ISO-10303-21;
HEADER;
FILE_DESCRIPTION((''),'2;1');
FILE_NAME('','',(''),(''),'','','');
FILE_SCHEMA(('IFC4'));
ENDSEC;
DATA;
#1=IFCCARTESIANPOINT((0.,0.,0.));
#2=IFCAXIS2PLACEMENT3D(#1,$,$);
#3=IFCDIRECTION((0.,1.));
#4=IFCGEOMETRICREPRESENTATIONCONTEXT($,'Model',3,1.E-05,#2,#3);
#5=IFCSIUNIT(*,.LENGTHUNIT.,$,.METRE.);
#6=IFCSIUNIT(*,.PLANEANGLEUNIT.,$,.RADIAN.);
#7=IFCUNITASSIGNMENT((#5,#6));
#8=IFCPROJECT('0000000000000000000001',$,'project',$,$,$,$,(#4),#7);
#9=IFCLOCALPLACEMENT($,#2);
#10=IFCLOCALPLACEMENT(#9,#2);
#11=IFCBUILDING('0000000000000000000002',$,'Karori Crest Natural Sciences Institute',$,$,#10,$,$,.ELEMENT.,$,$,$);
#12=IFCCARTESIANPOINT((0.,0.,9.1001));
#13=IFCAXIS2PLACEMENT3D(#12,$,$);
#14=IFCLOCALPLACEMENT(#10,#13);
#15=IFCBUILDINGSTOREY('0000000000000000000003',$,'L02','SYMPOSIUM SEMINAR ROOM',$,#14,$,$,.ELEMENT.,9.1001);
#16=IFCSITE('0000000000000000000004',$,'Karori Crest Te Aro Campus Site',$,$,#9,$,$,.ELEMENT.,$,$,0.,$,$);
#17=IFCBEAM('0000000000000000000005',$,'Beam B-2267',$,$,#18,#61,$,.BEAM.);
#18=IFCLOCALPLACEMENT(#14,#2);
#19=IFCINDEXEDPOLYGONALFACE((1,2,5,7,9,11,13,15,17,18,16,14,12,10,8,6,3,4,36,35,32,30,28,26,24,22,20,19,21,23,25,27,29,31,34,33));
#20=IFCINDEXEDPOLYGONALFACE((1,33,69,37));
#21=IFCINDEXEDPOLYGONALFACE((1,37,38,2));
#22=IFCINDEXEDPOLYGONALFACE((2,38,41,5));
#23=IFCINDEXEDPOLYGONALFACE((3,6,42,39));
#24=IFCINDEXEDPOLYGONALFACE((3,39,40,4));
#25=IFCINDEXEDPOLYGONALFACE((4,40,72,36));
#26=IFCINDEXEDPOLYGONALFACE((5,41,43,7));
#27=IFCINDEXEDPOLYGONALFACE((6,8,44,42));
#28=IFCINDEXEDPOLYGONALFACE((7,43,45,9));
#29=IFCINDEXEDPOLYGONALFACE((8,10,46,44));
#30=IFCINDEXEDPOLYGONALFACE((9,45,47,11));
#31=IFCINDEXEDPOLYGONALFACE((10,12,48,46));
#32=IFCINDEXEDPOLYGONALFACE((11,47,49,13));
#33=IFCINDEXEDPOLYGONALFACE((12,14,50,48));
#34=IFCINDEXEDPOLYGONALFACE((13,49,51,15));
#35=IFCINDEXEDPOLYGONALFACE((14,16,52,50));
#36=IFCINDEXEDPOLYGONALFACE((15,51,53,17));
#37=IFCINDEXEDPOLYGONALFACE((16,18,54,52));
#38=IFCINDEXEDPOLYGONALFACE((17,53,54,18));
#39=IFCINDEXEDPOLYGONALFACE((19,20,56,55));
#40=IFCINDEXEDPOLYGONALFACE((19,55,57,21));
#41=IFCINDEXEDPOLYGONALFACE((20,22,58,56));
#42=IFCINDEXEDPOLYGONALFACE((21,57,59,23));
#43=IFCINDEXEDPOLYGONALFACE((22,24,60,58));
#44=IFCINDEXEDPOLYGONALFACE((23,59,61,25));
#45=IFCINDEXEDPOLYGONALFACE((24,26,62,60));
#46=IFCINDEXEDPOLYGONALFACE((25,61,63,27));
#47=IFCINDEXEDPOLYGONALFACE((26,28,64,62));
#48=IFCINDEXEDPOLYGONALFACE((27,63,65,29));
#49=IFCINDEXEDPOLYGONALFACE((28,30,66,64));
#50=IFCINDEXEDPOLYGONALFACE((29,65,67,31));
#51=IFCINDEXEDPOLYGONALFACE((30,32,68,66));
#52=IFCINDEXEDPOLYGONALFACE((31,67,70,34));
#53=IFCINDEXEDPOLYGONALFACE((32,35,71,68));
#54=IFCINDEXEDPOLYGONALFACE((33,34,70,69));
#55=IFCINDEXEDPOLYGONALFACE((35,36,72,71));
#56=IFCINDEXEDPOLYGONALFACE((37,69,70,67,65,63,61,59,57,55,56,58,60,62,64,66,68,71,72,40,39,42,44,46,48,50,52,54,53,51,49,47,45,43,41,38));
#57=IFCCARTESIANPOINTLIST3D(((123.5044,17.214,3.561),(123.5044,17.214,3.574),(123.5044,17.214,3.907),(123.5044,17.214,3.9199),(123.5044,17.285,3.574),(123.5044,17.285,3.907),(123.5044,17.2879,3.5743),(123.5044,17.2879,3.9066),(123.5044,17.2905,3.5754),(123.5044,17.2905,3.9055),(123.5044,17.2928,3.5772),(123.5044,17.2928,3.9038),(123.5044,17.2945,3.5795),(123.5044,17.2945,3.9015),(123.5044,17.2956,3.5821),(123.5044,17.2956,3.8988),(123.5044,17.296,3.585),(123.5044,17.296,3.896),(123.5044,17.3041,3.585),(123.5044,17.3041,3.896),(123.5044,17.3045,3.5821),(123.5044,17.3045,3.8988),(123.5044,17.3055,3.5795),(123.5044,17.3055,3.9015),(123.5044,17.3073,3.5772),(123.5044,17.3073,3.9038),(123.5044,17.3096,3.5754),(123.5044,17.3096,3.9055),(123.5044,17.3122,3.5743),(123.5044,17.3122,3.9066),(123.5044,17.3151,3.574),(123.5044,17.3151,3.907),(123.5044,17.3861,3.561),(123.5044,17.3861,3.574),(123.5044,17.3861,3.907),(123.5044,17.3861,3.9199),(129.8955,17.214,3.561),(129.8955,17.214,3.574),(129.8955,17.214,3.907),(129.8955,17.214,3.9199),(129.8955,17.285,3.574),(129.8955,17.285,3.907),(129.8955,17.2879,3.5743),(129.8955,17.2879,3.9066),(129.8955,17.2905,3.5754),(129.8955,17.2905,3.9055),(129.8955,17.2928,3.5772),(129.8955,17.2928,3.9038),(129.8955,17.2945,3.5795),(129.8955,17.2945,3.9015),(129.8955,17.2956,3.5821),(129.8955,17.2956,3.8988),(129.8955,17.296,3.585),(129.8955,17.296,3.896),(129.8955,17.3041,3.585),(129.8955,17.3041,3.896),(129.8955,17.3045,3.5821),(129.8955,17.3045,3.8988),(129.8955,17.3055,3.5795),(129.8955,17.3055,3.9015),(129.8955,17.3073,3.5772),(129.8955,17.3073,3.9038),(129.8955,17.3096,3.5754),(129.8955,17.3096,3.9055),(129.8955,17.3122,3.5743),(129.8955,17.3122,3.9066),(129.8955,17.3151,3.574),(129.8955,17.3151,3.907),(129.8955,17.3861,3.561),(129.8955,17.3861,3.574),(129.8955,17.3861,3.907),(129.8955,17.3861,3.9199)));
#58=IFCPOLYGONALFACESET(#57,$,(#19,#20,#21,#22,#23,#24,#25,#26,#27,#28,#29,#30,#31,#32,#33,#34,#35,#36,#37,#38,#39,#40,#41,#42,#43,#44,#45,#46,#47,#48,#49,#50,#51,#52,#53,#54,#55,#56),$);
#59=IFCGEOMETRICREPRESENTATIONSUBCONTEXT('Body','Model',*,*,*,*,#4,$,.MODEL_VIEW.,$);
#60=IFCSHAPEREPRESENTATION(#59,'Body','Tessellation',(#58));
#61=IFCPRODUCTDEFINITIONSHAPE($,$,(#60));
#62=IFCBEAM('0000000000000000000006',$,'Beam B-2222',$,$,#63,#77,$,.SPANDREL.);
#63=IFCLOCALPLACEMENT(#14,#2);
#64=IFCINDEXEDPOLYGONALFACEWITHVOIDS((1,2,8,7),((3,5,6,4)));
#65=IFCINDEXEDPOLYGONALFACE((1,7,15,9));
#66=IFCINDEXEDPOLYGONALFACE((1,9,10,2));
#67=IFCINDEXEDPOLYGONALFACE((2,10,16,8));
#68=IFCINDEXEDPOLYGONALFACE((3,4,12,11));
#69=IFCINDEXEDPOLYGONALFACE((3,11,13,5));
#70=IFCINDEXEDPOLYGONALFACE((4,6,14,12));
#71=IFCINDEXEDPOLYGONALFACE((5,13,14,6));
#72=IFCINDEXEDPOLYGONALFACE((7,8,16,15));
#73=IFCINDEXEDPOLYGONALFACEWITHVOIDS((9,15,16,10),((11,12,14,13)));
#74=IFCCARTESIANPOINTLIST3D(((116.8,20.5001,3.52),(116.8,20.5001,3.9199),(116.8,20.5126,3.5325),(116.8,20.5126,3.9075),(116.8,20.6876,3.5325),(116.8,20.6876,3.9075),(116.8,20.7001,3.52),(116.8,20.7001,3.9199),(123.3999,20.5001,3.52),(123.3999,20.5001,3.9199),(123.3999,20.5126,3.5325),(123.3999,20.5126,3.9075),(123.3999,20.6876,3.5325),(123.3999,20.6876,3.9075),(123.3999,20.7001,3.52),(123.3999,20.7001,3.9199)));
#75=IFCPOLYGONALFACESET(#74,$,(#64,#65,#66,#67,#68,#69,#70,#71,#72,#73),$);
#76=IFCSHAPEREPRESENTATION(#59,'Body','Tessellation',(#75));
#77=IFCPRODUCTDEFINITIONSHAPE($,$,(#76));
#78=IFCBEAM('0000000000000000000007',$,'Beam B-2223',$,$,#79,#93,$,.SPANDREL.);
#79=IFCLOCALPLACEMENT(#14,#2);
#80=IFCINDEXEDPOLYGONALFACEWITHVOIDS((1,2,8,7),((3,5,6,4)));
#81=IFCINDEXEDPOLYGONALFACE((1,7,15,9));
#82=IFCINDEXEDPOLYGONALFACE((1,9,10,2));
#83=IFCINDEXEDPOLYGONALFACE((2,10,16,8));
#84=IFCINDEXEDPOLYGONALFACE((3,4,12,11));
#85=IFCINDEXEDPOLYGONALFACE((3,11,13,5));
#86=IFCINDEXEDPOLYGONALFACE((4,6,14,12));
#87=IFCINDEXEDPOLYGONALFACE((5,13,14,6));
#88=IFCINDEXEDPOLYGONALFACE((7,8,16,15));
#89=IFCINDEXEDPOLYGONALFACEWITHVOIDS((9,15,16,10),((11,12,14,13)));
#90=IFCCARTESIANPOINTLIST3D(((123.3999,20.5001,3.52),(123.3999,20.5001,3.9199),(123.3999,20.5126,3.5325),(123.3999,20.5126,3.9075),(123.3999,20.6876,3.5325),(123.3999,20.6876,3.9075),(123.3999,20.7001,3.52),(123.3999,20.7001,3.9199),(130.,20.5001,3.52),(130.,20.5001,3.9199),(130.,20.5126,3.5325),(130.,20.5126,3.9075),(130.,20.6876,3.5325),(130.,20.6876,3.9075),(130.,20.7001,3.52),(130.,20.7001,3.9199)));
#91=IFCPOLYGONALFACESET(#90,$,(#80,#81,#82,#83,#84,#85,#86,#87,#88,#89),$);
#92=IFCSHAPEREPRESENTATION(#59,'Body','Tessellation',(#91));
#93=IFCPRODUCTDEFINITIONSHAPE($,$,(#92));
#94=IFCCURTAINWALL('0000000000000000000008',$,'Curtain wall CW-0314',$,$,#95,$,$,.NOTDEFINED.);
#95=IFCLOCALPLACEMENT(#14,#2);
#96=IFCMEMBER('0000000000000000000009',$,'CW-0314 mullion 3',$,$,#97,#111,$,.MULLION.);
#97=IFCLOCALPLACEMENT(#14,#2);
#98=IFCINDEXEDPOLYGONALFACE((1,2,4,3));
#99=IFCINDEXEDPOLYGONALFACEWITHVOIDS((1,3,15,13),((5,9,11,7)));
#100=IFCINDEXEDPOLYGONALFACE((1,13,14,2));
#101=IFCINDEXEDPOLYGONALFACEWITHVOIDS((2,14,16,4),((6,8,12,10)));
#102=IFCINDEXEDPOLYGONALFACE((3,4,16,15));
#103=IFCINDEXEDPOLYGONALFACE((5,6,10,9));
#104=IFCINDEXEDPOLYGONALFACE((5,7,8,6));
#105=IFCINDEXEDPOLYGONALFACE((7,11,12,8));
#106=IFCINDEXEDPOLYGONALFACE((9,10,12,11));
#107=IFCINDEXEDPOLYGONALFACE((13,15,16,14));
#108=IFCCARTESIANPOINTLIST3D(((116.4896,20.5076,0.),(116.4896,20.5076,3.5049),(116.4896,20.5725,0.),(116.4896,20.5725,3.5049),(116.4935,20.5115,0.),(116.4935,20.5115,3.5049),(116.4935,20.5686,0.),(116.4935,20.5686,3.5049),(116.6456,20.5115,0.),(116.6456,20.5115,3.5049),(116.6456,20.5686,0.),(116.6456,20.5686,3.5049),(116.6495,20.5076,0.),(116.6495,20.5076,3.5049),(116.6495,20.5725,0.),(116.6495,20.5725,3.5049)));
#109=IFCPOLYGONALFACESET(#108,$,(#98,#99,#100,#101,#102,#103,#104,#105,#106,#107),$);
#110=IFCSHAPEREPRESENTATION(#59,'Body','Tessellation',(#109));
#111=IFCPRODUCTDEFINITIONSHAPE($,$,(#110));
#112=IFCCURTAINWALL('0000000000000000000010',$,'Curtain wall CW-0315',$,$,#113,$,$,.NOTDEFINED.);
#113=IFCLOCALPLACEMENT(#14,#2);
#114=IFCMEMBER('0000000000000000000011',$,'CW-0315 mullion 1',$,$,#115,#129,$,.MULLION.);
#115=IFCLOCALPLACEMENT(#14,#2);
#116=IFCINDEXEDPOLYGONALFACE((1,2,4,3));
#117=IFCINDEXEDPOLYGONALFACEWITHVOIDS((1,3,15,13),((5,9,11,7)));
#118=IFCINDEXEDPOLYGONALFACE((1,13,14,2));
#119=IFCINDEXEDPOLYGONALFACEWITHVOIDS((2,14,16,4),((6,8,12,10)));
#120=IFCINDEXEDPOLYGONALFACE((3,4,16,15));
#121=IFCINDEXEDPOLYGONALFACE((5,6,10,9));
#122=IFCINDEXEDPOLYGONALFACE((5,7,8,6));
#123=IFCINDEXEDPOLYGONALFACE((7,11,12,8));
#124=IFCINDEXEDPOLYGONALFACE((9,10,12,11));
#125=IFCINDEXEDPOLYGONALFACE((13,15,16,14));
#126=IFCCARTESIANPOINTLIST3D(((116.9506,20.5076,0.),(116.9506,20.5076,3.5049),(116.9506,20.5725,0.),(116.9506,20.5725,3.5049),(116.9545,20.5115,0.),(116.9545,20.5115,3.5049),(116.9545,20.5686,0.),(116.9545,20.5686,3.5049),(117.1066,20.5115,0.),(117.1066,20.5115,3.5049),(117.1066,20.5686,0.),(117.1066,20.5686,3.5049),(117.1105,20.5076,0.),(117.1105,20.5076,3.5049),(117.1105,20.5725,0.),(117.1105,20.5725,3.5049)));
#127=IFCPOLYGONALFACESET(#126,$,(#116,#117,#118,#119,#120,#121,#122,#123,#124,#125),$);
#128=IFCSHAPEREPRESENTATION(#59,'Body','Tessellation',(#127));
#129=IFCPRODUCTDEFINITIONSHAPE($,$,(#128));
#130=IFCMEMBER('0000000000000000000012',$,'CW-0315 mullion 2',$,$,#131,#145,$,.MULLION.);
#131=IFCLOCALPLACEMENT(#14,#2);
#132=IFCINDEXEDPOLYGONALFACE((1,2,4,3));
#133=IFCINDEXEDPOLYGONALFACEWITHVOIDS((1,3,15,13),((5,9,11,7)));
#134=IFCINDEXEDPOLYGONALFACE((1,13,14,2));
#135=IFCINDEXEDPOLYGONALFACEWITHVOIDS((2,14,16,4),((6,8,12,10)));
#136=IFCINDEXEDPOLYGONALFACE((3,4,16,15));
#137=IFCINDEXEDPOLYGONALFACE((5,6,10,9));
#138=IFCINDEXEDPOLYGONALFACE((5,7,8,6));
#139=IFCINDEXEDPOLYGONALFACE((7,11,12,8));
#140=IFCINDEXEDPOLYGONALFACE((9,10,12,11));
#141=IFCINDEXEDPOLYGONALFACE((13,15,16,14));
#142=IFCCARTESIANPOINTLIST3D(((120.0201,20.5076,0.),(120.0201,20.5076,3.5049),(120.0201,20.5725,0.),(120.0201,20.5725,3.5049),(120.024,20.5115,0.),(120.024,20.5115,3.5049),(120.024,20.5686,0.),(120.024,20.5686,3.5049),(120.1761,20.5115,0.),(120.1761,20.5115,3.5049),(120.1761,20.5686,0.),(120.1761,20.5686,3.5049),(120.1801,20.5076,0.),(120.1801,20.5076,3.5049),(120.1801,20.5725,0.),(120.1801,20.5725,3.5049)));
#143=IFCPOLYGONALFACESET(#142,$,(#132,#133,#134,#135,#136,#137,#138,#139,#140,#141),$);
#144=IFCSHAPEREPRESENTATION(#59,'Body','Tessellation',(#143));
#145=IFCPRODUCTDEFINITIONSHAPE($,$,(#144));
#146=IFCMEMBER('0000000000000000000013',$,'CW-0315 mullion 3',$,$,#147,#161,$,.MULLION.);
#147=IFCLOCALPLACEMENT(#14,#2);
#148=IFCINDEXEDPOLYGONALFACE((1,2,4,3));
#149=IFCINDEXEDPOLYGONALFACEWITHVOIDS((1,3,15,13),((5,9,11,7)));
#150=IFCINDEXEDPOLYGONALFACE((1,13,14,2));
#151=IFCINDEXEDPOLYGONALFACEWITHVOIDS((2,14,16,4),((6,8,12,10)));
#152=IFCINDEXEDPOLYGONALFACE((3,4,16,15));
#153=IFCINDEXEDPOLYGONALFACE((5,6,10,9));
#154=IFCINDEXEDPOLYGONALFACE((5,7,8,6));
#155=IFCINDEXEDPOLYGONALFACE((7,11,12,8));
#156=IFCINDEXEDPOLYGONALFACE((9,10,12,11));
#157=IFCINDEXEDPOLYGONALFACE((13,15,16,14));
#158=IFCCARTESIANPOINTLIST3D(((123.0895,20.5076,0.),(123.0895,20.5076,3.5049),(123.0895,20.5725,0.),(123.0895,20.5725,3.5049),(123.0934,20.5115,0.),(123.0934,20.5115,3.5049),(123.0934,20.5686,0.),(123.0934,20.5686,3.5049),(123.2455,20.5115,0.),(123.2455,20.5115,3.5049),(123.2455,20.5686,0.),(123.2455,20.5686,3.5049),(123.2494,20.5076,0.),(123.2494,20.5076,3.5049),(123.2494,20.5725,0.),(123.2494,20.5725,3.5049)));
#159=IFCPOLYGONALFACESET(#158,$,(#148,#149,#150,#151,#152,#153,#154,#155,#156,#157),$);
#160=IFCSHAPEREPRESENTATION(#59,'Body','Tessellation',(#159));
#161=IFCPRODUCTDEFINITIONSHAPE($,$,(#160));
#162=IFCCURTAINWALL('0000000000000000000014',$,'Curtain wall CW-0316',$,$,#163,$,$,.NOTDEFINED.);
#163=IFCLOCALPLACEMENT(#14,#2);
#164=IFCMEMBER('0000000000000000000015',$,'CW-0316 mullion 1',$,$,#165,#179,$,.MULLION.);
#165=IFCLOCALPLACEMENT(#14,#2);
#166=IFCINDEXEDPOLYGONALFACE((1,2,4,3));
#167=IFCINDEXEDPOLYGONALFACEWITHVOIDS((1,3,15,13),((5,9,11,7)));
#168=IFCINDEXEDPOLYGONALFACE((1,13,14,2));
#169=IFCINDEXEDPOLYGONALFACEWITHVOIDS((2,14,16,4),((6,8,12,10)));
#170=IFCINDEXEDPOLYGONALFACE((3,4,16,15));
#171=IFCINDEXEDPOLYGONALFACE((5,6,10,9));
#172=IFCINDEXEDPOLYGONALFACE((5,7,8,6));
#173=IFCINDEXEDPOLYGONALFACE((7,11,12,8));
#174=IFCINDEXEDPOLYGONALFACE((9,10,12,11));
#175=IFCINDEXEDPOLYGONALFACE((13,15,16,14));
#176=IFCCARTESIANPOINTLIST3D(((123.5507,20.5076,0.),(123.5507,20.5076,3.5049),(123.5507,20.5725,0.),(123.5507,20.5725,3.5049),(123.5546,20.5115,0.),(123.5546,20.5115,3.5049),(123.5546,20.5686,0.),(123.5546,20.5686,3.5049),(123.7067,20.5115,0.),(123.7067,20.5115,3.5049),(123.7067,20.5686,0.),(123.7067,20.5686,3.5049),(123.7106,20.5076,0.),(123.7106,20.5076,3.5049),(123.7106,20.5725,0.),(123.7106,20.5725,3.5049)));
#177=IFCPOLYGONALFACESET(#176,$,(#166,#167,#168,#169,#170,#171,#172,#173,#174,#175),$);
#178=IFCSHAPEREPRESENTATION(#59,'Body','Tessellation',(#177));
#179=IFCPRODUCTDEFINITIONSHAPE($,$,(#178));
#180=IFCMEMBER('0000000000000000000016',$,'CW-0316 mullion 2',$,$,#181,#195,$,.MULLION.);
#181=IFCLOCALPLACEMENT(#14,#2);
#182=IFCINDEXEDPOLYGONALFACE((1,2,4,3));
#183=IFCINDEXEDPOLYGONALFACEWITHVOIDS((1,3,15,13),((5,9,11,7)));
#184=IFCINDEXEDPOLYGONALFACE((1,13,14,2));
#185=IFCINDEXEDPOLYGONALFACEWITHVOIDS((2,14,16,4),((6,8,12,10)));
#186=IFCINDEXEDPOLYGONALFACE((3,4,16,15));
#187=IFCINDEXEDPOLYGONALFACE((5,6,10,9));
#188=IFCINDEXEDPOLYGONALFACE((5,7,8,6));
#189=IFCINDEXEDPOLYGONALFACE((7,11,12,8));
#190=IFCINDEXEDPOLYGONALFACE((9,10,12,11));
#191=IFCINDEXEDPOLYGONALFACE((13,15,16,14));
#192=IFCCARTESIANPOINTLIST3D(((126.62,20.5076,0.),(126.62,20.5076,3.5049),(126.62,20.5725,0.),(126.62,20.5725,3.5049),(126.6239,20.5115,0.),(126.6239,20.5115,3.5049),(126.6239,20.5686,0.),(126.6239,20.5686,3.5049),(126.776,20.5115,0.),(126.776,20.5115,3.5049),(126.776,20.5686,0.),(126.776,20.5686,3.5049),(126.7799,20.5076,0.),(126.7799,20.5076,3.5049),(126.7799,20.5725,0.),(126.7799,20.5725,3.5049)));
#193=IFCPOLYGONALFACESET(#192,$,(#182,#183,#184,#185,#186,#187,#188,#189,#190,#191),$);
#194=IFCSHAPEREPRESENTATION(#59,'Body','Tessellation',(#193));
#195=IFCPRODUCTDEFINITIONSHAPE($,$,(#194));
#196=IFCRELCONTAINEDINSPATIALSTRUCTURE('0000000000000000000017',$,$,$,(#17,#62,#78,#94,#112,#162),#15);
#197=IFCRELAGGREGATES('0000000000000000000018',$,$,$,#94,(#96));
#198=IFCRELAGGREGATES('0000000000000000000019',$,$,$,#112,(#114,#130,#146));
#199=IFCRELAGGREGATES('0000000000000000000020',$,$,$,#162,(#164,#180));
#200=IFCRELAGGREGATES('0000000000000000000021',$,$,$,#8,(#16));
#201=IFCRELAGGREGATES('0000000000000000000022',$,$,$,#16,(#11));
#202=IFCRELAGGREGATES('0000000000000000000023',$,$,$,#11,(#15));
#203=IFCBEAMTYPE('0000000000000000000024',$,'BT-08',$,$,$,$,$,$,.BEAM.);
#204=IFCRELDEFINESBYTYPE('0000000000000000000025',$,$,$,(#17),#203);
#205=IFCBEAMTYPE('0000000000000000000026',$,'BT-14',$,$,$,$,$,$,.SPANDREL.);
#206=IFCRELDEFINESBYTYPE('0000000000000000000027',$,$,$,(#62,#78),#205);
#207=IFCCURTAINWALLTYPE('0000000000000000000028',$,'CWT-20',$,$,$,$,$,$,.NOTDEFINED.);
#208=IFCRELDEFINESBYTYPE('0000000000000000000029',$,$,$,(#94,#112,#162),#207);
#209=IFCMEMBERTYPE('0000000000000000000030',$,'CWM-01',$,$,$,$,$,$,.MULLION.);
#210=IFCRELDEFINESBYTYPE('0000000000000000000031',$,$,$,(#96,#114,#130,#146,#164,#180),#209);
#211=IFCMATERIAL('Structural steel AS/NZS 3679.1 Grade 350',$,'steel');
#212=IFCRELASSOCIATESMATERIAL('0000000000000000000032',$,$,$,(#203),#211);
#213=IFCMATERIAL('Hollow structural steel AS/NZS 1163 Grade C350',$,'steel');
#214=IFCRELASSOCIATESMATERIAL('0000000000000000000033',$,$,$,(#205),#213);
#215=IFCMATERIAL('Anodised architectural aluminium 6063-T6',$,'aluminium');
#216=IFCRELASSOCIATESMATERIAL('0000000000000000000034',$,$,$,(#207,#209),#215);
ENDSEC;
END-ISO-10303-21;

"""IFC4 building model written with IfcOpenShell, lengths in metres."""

from ifc_helpers import new_model, si_unit, direction, frame, origin, origin_2d, place, context, subcontext, project, spatial, hollow_rectangle, i_section, extrude, material, material_profile, profile_set, type_object, element, aggregate, save


model = new_model("IFC4")

# Units and contexts
model_context = context("Model", 3, precision=1e-05, world=origin(), true_north=direction((0.0, 1.0)))
body_context = subcontext(model_context, "Body", "Model", "MODEL_VIEW")
ifc_project = project(units=[si_unit("LENGTHUNIT", "METRE"), si_unit("PLANEANGLEUNIT", "RADIAN")], contexts=[model_context])

# Site, building, storey
site_placement = place(None, origin())
site = spatial("IfcSite", under=ifc_project, at=site_placement, Name="Karori Crest Te Aro Campus Site", CompositionType="ELEMENT", RefElevation=0.0)
building_placement = place(site_placement, origin())
building = spatial("IfcBuilding", under=site, at=building_placement, Name="Karori Crest Natural Sciences Institute", CompositionType="ELEMENT")
storey_placement = place(building_placement, frame((0.0, 0.0, 9.1001)))
storey = spatial("IfcBuildingStorey", under=building, at=storey_placement, Name="L02", Description="SYMPOSIUM SEMINAR ROOM", CompositionType="ELEMENT", Elevation=9.1001)

# Shared definitions
ifc_material_1 = material(Name="Structural steel AS/NZS 3679.1 Grade 350", Category="steel")

# Beams
ifc_material_profile_1 = material_profile(ifc_material_1, i_section(OverallWidth=0.1721, OverallDepth=0.3589, WebThickness=0.0081, FlangeThickness=0.0129, FilletRadius=0.011, at=origin_2d()), Name="360UB56.7")
ifc_profile_set_1 = profile_set([ifc_material_profile_1], Name="Structural steel AS/NZS 3679.1 Grade 350")
beam_type_1 = type_object("IfcBeamType", Name="BT-08", PredefinedType="BEAM", material=ifc_profile_set_1)
beam_1_placement = place(storey_placement, frame((123.5044, 17.3, 3.7405), z_axis=(1.0, 0.0, 0.0), x_axis=(0.0, 1.0, 0.0)))
element("IfcBeam", 1, at=beam_1_placement, inside=storey, type_object=beam_type_1, Name="Beam B-2267", PredefinedType="BEAM", context=body_context, shape_type="SweptSolid", body=[
    extrude(i_section(OverallWidth=0.1721, OverallDepth=0.3589, WebThickness=0.0081, FlangeThickness=0.0129, FilletRadius=0.011, at=origin_2d()), origin(), (0.0, 0.0, 1.0), 6.3911),
])
ifc_material_2 = material(Name="Hollow structural steel AS/NZS 1163 Grade C350", Category="steel")
ifc_material_profile_2 = material_profile(ifc_material_2, hollow_rectangle(XDim=0.2, YDim=0.3999, WallThickness=0.0125, at=origin_2d()), Name="RHS400x200x12.5")
ifc_profile_set_2 = profile_set([ifc_material_profile_2], Name="Hollow structural steel AS/NZS 1163 Grade C350")
beam_type_2 = type_object("IfcBeamType", Name="BT-14", PredefinedType="SPANDREL", material=ifc_profile_set_2)
beam_2_placement = place(storey_placement, frame((116.8, 20.6001, 3.72), z_axis=(1.0, 0.0, 0.0), x_axis=(0.0, 1.0, 0.0)))
element("IfcBeam", 2, at=beam_2_placement, inside=storey, type_object=beam_type_2, Name="Beam B-2222", PredefinedType="SPANDREL", context=body_context, shape_type="SweptSolid", body=[
    extrude(hollow_rectangle(XDim=0.2, YDim=0.3999, WallThickness=0.0125, at=origin_2d()), origin(), (0.0, 0.0, 1.0), 6.5999),
])
beam_3_placement = place(storey_placement, frame((123.3999, 20.6001, 3.72), z_axis=(1.0, 0.0, 0.0), x_axis=(0.0, 1.0, 0.0)))
element("IfcBeam", 3, at=beam_3_placement, inside=storey, type_object=beam_type_2, Name="Beam B-2223", PredefinedType="SPANDREL", context=body_context, shape_type="SweptSolid", body=[
    extrude(hollow_rectangle(XDim=0.2, YDim=0.3999, WallThickness=0.0125, at=origin_2d()), origin(), (0.0, 0.0, 1.0), 6.6001),
])

# Curtain wall, member
ifc_material_3 = material(Name="Anodised architectural aluminium 6063-T6", Category="aluminium")
curtain_wall_type = type_object("IfcCurtainWallType", Name="CWT-20", PredefinedType="NOTDEFINED", material=ifc_material_3)
curtain_wall_1_placement = place(storey_placement, origin())
curtain_wall_1 = element("IfcCurtainWall", 4, at=curtain_wall_1_placement, inside=storey, type_object=curtain_wall_type, Name="Curtain wall CW-0314", PredefinedType="NOTDEFINED")
ifc_material_profile_3 = material_profile(ifc_material_3, hollow_rectangle(XDim=0.0649, YDim=0.1599, WallThickness=0.0039, at=origin_2d()), Name="CWM160x65x4")
ifc_profile_set_3 = profile_set([ifc_material_profile_3], Name="Anodised architectural aluminium 6063-T6")
member_type_1 = type_object("IfcMemberType", Name="CWM-01", PredefinedType="MULLION", material=ifc_profile_set_3)
member_1_placement = place(storey_placement, frame((116.5696, 20.54, 0.0), z_axis=(0.0, 0.0, 1.0), x_axis=(0.0, 1.0, 0.0)))
member_1 = element("IfcMember", 5, at=member_1_placement, type_object=member_type_1, Name="CW-0314 mullion 3", PredefinedType="MULLION", context=body_context, shape_type="SweptSolid", body=[
    extrude(hollow_rectangle(XDim=0.0649, YDim=0.1599, WallThickness=0.0039, at=origin_2d()), origin(), (0.0, 0.0, 1.0), 3.5049),
])

# Curtain walls, members
curtain_wall_2_placement = place(storey_placement, origin())
curtain_wall_2 = element("IfcCurtainWall", 6, at=curtain_wall_2_placement, inside=storey, type_object=curtain_wall_type, Name="Curtain wall CW-0315", PredefinedType="NOTDEFINED")
member_2_placement = place(storey_placement, frame((117.0305, 20.54, 0.0), z_axis=(0.0, 0.0, 1.0), x_axis=(0.0, 1.0, 0.0)))
member_2 = element("IfcMember", 7, at=member_2_placement, type_object=member_type_1, Name="CW-0315 mullion 1", PredefinedType="MULLION", context=body_context, shape_type="SweptSolid", body=[
    extrude(hollow_rectangle(XDim=0.0649, YDim=0.1599, WallThickness=0.0039, at=origin_2d()), origin(), (0.0, 0.0, 1.0), 3.5049),
])
member_3_placement = place(storey_placement, frame((120.1001, 20.54, 0.0), z_axis=(0.0, 0.0, 1.0), x_axis=(0.0, 1.0, 0.0)))
member_3 = element("IfcMember", 8, at=member_3_placement, type_object=member_type_1, Name="CW-0315 mullion 2", PredefinedType="MULLION", context=body_context, shape_type="SweptSolid", body=[
    extrude(hollow_rectangle(XDim=0.0649, YDim=0.1599, WallThickness=0.0039, at=origin_2d()), origin(), (0.0, 0.0, 1.0), 3.5049),
])
member_4_placement = place(storey_placement, frame((123.1694, 20.54, 0.0), z_axis=(0.0, 0.0, 1.0), x_axis=(0.0, 1.0, 0.0)))
member_4 = element("IfcMember", 9, at=member_4_placement, type_object=member_type_1, Name="CW-0315 mullion 3", PredefinedType="MULLION", context=body_context, shape_type="SweptSolid", body=[
    extrude(hollow_rectangle(XDim=0.0649, YDim=0.1599, WallThickness=0.0039, at=origin_2d()), origin(), (0.0, 0.0, 1.0), 3.5049),
])
curtain_wall_3_placement = place(storey_placement, origin())
curtain_wall_3 = element("IfcCurtainWall", 10, at=curtain_wall_3_placement, inside=storey, type_object=curtain_wall_type, Name="Curtain wall CW-0316", PredefinedType="NOTDEFINED")
member_5_placement = place(storey_placement, frame((123.6306, 20.54, 0.0), z_axis=(0.0, 0.0, 1.0), x_axis=(0.0, 1.0, 0.0)))
member_5 = element("IfcMember", 11, at=member_5_placement, type_object=member_type_1, Name="CW-0316 mullion 1", PredefinedType="MULLION", context=body_context, shape_type="SweptSolid", body=[
    extrude(hollow_rectangle(XDim=0.0649, YDim=0.1599, WallThickness=0.0039, at=origin_2d()), origin(), (0.0, 0.0, 1.0), 3.5049),
])
member_6_placement = place(storey_placement, frame((126.7, 20.54, 0.0), z_axis=(0.0, 0.0, 1.0), x_axis=(0.0, 1.0, 0.0)))
member_6 = element("IfcMember", 12, at=member_6_placement, type_object=member_type_1, Name="CW-0316 mullion 2", PredefinedType="MULLION", context=body_context, shape_type="SweptSolid", body=[
    extrude(hollow_rectangle(XDim=0.0649, YDim=0.1599, WallThickness=0.0039, at=origin_2d()), origin(), (0.0, 0.0, 1.0), 3.5049),
])

aggregate(curtain_wall_1, [member_1])
aggregate(curtain_wall_2, [member_2, member_3, member_4])
aggregate(curtain_wall_3, [member_5, member_6])

save(model, "model.ifc")
